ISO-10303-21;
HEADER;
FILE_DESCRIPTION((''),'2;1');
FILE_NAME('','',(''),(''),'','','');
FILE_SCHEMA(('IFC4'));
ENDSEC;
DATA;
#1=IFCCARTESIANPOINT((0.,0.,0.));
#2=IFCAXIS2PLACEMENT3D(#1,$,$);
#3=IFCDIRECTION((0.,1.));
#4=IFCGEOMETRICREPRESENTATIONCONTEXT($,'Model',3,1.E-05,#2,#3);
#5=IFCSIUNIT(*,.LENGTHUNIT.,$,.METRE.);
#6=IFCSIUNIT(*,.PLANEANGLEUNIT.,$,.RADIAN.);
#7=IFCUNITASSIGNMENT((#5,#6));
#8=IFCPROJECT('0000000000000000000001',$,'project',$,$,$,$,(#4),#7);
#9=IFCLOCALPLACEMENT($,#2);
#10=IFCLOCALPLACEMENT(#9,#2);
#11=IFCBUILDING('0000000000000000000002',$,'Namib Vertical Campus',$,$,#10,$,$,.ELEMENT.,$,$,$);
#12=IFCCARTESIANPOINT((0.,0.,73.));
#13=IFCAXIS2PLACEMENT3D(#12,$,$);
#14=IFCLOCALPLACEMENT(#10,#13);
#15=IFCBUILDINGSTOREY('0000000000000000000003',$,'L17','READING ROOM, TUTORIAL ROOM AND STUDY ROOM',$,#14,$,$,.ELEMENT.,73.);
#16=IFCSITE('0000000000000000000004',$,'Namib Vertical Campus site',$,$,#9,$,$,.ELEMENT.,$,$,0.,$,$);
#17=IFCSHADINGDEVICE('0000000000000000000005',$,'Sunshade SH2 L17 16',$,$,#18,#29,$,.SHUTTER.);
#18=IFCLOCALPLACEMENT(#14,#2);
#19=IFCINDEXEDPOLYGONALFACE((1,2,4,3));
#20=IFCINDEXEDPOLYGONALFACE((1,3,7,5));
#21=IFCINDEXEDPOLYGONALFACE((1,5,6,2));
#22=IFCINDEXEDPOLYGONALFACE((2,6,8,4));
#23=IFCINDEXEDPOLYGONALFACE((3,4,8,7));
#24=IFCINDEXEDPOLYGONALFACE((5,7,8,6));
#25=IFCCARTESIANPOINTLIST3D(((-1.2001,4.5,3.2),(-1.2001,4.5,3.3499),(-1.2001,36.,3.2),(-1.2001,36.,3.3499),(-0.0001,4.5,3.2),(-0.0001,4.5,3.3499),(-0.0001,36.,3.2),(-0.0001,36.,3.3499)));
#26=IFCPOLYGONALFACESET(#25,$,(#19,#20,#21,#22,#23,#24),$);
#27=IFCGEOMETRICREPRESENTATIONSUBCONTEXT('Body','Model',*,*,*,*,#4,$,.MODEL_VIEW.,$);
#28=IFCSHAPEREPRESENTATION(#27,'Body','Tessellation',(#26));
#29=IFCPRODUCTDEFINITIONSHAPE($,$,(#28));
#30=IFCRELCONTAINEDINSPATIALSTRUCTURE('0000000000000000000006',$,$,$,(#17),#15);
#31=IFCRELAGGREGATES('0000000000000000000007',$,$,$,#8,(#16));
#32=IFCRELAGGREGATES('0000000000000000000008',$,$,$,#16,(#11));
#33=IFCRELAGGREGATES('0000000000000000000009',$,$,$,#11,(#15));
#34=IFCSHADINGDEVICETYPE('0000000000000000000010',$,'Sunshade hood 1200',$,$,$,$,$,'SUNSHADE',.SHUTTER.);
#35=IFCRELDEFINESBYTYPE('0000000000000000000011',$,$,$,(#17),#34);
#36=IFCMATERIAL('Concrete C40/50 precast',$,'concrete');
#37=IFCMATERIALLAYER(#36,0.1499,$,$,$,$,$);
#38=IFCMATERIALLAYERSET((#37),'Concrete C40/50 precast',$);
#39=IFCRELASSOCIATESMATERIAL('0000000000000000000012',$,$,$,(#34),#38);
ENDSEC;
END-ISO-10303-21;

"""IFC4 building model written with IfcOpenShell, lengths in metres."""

from ifc_helpers import new_model, si_unit, direction, frame, origin, origin_2d, place, context, subcontext, project, spatial, rectangle, extrude, material, layer, layer_set, type_object, element, save


model = new_model("IFC4")

# Units and contexts
model_context = context("Model", 3, precision=1e-05, world=origin(), true_north=direction((0.0, 1.0)))
body_context = subcontext(model_context, "Body", "Model", "MODEL_VIEW")
ifc_project = project(units=[si_unit("LENGTHUNIT", "METRE"), si_unit("PLANEANGLEUNIT", "RADIAN")], contexts=[model_context])

# Site, building, storey
site_placement = place(None, origin())
site = spatial("IfcSite", under=ifc_project, at=site_placement, Name="Namib Vertical Campus site", CompositionType="ELEMENT", RefElevation=0.0)
building_placement = place(site_placement, origin())
building = spatial("IfcBuilding", under=site, at=building_placement, Name="Namib Vertical Campus", CompositionType="ELEMENT")
storey_placement = place(building_placement, frame((0.0, 0.0, 73.0)))
storey = spatial("IfcBuildingStorey", under=building, at=storey_placement, Name="L17", Description="READING ROOM, TUTORIAL ROOM AND STUDY ROOM", CompositionType="ELEMENT", Elevation=73.0)

# Shading device
ifc_material_1 = material(Name="Concrete C40/50 precast", Category="concrete")
ifc_layer_1 = layer(ifc_material_1, 0.1499)
ifc_layer_set_1 = layer_set([ifc_layer_1], Name="Concrete C40/50 precast")
shading_device_type = type_object("IfcShadingDeviceType", Name="Sunshade hood 1200", ElementType="SUNSHADE", PredefinedType="SHUTTER", material=ifc_layer_set_1)
shading_device_placement = place(storey_placement, frame((-0.6001, 20.25, 3.2), z_axis=(0.0, 0.0, 1.0), x_axis=(0.0, -1.0, 0.0)))
element("IfcShadingDevice", 1, at=shading_device_placement, inside=storey, type_object=shading_device_type, Name="Sunshade SH2 L17 16", PredefinedType="SHUTTER", context=body_context, shape_type="SweptSolid", body=[
    extrude(rectangle(XDim=31.5, YDim=1.2, at=origin_2d()), origin(), (0.0, 0.0, 1.0), 0.1499),
])

save(model, "model.ifc")
